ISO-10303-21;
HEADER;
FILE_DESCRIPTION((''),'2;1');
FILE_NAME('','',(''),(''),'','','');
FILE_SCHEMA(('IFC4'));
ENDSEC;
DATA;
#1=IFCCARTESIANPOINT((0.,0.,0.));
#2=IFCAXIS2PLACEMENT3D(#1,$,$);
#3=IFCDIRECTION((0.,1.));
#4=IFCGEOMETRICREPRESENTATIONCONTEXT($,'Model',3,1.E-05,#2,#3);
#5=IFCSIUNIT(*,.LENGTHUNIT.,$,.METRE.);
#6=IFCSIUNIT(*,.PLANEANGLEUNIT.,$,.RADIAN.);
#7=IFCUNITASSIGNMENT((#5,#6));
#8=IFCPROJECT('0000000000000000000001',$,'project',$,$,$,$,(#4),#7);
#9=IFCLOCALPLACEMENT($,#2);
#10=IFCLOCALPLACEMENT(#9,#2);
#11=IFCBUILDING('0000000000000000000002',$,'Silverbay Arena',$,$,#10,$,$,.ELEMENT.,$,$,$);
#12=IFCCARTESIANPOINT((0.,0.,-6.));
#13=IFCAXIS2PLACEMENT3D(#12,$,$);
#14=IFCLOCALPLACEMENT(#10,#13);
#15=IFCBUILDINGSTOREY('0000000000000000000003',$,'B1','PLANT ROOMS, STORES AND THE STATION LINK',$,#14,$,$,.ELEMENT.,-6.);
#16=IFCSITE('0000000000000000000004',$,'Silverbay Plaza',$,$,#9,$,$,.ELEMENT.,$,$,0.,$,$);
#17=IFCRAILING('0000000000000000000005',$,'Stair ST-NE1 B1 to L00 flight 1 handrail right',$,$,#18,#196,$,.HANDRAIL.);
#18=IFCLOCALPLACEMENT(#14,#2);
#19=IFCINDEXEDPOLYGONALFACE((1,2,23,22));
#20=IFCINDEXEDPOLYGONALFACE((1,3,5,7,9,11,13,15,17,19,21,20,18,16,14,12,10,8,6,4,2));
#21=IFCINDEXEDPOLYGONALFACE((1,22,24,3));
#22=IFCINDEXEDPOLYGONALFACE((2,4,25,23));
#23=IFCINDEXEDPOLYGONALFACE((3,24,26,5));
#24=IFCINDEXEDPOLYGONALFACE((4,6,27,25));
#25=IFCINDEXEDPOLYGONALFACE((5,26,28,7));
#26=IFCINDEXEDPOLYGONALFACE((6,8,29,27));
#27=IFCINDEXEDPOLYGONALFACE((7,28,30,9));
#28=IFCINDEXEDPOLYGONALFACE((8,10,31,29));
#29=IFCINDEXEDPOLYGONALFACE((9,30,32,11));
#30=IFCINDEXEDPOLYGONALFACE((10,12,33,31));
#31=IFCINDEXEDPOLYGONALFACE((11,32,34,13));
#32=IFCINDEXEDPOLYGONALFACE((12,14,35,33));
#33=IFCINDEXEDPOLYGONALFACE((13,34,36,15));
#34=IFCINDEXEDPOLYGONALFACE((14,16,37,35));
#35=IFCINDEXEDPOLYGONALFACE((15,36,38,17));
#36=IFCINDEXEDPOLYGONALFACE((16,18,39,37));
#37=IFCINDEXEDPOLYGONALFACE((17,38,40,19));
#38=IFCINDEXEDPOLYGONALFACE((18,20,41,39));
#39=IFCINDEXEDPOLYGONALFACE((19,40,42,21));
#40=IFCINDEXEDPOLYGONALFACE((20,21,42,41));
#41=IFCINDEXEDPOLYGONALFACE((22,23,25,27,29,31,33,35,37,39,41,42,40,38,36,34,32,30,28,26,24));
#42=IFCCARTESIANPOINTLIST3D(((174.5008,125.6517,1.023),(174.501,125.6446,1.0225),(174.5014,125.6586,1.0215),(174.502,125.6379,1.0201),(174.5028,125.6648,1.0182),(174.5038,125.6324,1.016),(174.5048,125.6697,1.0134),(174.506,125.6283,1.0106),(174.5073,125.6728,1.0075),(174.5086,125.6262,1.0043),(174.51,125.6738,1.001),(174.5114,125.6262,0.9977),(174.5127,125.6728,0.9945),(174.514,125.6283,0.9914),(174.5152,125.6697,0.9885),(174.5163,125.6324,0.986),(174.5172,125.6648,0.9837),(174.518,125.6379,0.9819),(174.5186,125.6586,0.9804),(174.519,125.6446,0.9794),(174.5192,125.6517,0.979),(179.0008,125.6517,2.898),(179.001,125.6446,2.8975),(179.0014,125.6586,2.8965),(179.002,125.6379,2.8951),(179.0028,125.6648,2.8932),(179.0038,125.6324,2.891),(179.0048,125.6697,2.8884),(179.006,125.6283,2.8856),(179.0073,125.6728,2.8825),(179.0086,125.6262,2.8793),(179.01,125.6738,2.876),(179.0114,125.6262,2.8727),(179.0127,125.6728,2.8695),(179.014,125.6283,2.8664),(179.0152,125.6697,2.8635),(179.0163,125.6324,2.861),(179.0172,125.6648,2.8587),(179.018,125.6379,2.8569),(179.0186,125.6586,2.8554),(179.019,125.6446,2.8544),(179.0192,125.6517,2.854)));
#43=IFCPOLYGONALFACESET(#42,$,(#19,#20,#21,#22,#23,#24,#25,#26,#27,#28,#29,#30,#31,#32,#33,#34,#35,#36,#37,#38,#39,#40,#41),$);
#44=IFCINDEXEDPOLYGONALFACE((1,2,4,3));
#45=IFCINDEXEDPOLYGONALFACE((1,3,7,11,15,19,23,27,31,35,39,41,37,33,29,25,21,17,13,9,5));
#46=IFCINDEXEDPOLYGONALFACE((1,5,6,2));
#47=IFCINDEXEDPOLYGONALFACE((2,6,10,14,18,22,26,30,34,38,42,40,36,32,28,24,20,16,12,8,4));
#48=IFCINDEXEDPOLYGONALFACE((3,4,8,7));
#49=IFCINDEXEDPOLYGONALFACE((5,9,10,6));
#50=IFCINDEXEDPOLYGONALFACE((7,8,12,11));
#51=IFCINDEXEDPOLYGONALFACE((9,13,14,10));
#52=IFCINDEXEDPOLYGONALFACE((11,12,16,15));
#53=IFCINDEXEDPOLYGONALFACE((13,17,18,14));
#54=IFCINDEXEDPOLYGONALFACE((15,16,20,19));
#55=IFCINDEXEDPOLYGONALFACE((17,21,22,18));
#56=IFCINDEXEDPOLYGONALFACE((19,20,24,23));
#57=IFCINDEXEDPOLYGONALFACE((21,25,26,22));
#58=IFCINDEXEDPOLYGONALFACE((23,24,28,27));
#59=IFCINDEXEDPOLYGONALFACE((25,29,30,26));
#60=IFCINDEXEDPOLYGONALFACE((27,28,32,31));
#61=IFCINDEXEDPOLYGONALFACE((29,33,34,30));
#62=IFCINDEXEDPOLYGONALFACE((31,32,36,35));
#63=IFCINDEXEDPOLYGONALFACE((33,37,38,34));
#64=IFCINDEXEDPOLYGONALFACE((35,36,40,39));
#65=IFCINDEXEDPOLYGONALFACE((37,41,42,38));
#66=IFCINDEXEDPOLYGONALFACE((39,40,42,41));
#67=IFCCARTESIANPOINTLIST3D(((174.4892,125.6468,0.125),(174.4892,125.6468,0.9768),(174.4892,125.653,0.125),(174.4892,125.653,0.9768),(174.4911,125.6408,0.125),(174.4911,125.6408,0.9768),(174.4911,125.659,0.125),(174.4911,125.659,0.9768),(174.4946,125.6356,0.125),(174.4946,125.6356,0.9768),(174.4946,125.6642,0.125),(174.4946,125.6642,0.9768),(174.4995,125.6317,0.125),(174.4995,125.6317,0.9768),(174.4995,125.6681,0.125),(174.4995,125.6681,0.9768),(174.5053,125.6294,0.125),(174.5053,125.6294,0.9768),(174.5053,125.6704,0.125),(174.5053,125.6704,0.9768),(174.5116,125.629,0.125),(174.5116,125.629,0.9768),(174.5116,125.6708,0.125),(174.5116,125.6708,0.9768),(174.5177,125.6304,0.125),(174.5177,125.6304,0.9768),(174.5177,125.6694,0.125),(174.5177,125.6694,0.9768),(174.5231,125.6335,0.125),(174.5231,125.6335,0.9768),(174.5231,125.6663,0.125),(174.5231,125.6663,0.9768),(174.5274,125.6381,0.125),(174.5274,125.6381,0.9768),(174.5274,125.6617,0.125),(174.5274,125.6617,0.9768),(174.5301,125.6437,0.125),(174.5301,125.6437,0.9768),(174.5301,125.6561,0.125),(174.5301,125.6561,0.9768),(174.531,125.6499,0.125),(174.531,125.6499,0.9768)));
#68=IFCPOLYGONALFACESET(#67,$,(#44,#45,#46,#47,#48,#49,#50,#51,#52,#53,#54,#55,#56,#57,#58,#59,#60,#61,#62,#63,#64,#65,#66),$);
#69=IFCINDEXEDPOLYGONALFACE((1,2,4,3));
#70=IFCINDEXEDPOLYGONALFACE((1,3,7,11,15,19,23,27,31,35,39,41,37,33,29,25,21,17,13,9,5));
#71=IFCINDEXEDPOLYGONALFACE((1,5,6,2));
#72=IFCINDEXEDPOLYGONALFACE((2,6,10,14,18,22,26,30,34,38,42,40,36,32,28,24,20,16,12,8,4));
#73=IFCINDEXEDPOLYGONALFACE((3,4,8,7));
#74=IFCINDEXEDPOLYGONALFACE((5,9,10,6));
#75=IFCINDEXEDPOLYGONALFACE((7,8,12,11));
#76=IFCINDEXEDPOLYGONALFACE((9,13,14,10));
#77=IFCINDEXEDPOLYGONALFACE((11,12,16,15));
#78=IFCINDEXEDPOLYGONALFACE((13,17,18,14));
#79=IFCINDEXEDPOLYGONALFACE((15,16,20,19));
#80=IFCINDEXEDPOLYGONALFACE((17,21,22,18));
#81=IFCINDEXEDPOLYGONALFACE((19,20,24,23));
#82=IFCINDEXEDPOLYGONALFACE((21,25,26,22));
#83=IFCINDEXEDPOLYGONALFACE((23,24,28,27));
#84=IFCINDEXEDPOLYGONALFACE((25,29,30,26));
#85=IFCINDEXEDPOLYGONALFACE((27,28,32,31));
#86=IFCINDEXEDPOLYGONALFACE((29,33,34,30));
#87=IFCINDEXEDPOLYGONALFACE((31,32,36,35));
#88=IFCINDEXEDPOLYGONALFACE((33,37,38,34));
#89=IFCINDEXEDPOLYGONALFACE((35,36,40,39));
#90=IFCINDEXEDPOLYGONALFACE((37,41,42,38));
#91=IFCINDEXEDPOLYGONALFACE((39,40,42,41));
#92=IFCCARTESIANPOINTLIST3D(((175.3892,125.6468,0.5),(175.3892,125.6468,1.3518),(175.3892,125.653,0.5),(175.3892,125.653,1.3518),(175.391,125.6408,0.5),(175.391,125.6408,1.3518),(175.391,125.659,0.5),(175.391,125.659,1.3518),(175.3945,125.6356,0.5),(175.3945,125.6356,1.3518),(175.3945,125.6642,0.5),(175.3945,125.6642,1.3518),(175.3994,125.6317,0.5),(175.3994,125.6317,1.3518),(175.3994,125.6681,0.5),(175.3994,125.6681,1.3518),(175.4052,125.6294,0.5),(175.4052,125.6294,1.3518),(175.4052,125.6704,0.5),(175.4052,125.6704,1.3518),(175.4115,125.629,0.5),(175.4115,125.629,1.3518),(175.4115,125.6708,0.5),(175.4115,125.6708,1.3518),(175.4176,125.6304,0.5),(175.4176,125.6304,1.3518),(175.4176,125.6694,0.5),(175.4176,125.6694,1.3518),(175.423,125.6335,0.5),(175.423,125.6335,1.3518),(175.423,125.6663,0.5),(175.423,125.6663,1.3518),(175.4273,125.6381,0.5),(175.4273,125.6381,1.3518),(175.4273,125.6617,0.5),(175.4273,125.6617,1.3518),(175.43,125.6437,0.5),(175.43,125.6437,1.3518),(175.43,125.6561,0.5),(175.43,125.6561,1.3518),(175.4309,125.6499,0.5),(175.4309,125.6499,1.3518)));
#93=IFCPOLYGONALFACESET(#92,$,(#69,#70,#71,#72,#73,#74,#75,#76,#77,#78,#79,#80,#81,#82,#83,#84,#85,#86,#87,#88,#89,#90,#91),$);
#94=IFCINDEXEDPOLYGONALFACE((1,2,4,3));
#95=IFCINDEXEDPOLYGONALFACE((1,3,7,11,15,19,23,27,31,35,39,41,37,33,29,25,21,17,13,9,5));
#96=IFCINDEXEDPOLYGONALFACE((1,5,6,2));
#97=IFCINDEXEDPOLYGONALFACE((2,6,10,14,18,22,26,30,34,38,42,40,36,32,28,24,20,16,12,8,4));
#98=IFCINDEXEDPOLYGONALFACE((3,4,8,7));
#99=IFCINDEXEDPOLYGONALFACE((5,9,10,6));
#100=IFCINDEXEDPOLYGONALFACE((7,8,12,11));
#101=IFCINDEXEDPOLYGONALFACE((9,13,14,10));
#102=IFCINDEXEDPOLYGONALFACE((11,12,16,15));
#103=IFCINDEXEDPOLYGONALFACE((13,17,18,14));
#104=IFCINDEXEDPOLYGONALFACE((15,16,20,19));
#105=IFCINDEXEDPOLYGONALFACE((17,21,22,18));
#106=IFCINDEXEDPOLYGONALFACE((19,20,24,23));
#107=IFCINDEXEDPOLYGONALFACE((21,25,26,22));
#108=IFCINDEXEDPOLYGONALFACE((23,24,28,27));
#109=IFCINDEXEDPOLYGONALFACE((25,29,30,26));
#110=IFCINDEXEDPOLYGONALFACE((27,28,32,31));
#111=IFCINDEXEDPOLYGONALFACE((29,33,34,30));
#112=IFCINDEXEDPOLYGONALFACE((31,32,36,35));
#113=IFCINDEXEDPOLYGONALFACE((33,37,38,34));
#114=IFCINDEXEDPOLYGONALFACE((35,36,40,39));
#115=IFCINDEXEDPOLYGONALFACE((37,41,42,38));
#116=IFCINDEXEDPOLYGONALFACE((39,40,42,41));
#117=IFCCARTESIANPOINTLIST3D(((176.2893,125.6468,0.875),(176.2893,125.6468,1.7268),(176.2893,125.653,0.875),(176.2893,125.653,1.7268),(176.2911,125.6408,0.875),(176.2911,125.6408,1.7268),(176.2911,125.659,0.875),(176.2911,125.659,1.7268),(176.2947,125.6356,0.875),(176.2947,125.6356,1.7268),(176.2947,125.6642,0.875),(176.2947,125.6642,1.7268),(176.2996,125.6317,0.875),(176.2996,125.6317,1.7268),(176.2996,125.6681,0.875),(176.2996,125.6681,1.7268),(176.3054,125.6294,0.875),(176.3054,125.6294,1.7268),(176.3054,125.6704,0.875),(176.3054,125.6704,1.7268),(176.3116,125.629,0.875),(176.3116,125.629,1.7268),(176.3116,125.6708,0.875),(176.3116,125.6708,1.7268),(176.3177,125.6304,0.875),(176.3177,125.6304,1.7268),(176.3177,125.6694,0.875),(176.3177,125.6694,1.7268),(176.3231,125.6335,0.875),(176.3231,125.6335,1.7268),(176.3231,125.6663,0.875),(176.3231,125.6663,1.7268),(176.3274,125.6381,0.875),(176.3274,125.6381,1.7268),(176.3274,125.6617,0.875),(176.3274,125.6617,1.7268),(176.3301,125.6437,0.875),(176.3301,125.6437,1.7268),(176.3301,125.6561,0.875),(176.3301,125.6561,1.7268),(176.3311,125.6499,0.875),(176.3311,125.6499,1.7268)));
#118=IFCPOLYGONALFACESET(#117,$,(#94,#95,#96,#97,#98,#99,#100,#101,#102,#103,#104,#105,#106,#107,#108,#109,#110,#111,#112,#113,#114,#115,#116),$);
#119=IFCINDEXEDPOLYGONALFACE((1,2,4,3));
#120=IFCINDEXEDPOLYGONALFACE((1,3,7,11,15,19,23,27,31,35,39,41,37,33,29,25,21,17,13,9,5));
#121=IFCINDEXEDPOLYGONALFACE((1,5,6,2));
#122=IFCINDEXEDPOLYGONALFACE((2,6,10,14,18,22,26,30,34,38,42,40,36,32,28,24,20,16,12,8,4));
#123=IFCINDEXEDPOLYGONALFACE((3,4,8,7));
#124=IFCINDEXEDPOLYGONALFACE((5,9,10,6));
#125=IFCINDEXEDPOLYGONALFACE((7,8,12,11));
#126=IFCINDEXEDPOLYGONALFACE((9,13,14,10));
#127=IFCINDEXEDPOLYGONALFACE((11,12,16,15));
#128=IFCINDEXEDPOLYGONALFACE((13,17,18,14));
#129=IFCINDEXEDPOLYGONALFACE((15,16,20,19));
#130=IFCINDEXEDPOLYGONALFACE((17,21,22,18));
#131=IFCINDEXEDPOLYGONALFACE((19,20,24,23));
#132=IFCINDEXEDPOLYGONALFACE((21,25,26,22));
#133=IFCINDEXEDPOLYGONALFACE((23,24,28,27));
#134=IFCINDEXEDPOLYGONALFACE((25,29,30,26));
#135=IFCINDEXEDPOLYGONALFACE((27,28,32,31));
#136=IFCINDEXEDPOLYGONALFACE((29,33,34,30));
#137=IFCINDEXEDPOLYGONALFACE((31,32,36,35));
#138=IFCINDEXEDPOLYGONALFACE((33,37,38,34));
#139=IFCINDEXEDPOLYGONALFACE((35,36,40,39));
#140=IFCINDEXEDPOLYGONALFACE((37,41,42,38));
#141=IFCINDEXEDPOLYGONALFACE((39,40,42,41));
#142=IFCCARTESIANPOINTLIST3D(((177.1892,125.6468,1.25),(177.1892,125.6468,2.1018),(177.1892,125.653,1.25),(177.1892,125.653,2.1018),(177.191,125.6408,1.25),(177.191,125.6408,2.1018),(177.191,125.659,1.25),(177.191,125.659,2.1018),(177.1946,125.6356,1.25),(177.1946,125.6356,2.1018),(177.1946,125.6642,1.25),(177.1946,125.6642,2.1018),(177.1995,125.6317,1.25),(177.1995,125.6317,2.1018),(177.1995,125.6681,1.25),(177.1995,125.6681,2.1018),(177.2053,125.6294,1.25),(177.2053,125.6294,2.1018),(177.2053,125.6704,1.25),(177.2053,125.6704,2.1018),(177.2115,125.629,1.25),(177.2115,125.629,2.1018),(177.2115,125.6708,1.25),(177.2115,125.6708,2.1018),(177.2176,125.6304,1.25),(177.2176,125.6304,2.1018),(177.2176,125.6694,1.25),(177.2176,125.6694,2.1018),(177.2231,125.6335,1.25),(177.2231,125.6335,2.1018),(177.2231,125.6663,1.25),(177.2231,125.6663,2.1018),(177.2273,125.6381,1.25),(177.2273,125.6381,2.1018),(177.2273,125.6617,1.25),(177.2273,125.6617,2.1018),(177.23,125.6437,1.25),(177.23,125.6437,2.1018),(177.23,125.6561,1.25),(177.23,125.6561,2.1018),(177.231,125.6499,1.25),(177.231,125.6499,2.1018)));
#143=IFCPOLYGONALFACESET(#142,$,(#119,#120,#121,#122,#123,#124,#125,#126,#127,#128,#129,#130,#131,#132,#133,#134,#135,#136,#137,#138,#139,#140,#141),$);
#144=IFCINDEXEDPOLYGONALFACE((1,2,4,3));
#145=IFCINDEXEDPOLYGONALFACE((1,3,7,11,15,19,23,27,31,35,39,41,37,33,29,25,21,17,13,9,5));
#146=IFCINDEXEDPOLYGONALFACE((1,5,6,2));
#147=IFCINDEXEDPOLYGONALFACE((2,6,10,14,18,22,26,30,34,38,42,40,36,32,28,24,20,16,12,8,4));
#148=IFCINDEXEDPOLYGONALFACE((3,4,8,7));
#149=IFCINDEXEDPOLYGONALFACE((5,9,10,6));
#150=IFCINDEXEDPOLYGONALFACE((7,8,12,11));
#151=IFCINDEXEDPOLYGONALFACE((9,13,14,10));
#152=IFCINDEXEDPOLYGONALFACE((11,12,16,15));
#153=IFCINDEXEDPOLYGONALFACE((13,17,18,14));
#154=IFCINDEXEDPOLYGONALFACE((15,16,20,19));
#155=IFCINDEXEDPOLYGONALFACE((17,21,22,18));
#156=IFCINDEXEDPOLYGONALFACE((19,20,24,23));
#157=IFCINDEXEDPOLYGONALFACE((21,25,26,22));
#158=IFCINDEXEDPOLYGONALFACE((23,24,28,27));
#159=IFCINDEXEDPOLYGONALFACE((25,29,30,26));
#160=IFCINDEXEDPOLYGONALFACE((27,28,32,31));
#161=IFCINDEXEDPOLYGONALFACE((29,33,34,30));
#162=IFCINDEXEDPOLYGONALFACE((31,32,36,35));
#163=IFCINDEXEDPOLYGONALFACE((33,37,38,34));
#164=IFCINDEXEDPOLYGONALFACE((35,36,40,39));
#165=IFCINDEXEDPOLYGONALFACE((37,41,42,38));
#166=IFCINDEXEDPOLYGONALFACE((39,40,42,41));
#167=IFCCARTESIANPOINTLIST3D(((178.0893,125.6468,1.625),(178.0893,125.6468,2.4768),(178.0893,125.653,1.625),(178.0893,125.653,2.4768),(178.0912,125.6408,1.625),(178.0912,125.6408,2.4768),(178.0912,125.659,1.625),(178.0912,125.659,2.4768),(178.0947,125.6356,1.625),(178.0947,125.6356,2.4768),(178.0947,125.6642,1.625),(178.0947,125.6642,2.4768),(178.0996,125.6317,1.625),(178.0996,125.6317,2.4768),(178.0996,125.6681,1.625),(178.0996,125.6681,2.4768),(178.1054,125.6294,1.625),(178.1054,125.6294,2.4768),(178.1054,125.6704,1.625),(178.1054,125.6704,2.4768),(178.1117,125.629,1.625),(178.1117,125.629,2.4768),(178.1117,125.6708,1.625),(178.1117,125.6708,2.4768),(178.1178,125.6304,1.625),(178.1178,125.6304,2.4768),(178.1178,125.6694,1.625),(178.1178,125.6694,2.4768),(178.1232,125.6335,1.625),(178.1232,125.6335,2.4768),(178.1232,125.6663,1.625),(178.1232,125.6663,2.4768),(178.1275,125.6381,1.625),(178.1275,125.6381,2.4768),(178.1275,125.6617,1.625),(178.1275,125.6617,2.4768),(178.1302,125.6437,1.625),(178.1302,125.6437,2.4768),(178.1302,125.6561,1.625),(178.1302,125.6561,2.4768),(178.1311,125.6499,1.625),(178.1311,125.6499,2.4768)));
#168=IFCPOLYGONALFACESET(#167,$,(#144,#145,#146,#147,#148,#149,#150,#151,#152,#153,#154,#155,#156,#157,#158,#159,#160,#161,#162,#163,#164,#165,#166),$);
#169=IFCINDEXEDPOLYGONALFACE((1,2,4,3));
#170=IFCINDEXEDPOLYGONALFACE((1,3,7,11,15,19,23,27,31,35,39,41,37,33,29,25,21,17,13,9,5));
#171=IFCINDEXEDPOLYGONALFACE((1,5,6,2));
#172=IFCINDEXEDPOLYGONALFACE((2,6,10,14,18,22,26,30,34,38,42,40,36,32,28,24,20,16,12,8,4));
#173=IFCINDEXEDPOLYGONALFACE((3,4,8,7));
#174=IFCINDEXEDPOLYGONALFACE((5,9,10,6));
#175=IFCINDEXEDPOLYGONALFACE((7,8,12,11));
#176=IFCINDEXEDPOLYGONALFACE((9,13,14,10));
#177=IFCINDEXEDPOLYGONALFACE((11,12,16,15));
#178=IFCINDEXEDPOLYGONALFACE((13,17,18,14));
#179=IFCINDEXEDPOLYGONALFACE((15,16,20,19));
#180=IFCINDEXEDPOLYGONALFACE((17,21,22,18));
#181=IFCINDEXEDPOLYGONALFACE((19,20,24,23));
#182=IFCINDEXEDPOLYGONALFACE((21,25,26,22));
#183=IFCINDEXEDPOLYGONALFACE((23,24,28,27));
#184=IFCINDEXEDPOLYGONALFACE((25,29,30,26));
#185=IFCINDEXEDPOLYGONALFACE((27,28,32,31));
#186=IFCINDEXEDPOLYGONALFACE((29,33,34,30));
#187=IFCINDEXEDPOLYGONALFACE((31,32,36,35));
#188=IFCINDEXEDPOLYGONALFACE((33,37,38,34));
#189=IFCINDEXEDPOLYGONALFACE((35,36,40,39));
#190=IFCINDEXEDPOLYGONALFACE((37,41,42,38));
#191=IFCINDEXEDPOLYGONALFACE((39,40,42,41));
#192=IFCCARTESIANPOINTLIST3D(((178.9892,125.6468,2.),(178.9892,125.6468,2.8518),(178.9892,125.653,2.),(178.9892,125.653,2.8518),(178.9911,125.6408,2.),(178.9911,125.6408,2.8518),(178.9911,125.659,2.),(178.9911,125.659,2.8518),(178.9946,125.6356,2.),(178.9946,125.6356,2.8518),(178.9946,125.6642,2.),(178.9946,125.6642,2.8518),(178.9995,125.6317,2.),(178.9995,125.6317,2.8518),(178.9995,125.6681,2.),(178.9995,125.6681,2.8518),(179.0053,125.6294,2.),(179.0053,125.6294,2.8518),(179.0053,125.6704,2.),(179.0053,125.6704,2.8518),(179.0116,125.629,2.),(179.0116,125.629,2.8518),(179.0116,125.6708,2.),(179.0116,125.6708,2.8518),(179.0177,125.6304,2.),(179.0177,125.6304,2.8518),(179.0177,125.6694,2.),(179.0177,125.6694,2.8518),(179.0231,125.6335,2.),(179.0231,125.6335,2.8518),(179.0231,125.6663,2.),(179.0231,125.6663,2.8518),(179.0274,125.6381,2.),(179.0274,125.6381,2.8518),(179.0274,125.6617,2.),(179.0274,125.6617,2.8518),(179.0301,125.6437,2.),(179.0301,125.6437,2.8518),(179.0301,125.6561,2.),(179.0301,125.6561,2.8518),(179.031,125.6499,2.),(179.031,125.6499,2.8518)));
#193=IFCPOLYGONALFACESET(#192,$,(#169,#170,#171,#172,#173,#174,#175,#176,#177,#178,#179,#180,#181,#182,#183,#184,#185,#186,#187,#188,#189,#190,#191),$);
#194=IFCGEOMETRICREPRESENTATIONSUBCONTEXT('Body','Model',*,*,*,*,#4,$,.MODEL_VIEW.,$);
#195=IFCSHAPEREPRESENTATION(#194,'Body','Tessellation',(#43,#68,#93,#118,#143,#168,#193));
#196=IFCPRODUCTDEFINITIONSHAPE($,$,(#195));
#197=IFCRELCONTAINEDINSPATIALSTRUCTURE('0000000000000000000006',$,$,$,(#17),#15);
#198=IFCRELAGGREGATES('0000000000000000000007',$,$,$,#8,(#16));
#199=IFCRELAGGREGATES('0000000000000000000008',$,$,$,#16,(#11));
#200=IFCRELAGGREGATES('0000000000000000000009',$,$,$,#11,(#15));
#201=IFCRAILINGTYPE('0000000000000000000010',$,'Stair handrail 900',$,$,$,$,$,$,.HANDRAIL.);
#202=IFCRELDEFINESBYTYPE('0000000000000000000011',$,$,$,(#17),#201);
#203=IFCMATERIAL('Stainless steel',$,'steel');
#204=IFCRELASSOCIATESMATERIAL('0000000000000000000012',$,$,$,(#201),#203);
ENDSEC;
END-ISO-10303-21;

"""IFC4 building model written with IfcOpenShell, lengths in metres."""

from ifc_helpers import new_model, si_unit, direction, frame, origin, origin_2d, place, context, subcontext, project, spatial, circle, extrude, material, type_object, element, save


model = new_model("IFC4")

# Units and contexts
model_context = context("Model", 3, precision=1e-05, world=origin(), true_north=direction((0.0, 1.0)))
body_context = subcontext(model_context, "Body", "Model", "MODEL_VIEW")
ifc_project = project(units=[si_unit("LENGTHUNIT", "METRE"), si_unit("PLANEANGLEUNIT", "RADIAN")], contexts=[model_context])

# Site, building, storey
site_placement = place(None, origin())
site = spatial("IfcSite", under=ifc_project, at=site_placement, Name="Silverbay Plaza", CompositionType="ELEMENT", RefElevation=0.0)
building_placement = place(site_placement, origin())
building = spatial("IfcBuilding", under=site, at=building_placement, Name="Silverbay Arena", CompositionType="ELEMENT")
storey_placement = place(building_placement, frame((0.0, 0.0, -6.0)))
storey = spatial("IfcBuildingStorey", under=building, at=storey_placement, Name="B1", Description="PLANT ROOMS, STORES AND THE STATION LINK", CompositionType="ELEMENT", Elevation=-6.0)

# Railing
ifc_material_1 = material(Name="Stainless steel", Category="steel")
railing_type_1 = type_object("IfcRailingType", Name="Stair handrail 900", PredefinedType="HANDRAIL", material=ifc_material_1)
for number, where, name in (
    (1, (174.51, 125.6499, 0.125), "Stair ST-NE1 B1 to L00 flight 1 handrail right"),
):
    element("IfcRailing", number, at=place(storey_placement, frame(where)), inside=storey, type_object=railing_type_1, Name=name, PredefinedType="HANDRAIL", context=body_context, shape_type="SweptSolid", body=[
        extrude(circle(Radius=0.0239, at=origin_2d()), frame((0.0, 0.0, 0.876), z_axis=(0.923077, 0.0, 0.384615), x_axis=(0.0, 1.0, 0.0)), (0.0, 0.0, 1.0), 4.875),
        extrude(circle(Radius=0.021, at=origin_2d()), origin(), (0.0, 0.0, 1.0), 0.8518),
        extrude(circle(Radius=0.021, at=origin_2d()), frame((0.8999, 0.0, 0.375)), (0.0, 0.0, 1.0), 0.8518),
        extrude(circle(Radius=0.021, at=origin_2d()), frame((1.8, 0.0, 0.75)), (0.0, 0.0, 1.0), 0.8518),
        extrude(circle(Radius=0.021, at=origin_2d()), frame((2.7, 0.0, 1.125)), (0.0, 0.0, 1.0), 0.8518),
        extrude(circle(Radius=0.021, at=origin_2d()), frame((3.6001, 0.0, 1.5)), (0.0, 0.0, 1.0), 0.8518),
        extrude(circle(Radius=0.021, at=origin_2d()), frame((4.5, 0.0, 1.875)), (0.0, 0.0, 1.0), 0.8518),
    ])

save(model, "model.ifc")
